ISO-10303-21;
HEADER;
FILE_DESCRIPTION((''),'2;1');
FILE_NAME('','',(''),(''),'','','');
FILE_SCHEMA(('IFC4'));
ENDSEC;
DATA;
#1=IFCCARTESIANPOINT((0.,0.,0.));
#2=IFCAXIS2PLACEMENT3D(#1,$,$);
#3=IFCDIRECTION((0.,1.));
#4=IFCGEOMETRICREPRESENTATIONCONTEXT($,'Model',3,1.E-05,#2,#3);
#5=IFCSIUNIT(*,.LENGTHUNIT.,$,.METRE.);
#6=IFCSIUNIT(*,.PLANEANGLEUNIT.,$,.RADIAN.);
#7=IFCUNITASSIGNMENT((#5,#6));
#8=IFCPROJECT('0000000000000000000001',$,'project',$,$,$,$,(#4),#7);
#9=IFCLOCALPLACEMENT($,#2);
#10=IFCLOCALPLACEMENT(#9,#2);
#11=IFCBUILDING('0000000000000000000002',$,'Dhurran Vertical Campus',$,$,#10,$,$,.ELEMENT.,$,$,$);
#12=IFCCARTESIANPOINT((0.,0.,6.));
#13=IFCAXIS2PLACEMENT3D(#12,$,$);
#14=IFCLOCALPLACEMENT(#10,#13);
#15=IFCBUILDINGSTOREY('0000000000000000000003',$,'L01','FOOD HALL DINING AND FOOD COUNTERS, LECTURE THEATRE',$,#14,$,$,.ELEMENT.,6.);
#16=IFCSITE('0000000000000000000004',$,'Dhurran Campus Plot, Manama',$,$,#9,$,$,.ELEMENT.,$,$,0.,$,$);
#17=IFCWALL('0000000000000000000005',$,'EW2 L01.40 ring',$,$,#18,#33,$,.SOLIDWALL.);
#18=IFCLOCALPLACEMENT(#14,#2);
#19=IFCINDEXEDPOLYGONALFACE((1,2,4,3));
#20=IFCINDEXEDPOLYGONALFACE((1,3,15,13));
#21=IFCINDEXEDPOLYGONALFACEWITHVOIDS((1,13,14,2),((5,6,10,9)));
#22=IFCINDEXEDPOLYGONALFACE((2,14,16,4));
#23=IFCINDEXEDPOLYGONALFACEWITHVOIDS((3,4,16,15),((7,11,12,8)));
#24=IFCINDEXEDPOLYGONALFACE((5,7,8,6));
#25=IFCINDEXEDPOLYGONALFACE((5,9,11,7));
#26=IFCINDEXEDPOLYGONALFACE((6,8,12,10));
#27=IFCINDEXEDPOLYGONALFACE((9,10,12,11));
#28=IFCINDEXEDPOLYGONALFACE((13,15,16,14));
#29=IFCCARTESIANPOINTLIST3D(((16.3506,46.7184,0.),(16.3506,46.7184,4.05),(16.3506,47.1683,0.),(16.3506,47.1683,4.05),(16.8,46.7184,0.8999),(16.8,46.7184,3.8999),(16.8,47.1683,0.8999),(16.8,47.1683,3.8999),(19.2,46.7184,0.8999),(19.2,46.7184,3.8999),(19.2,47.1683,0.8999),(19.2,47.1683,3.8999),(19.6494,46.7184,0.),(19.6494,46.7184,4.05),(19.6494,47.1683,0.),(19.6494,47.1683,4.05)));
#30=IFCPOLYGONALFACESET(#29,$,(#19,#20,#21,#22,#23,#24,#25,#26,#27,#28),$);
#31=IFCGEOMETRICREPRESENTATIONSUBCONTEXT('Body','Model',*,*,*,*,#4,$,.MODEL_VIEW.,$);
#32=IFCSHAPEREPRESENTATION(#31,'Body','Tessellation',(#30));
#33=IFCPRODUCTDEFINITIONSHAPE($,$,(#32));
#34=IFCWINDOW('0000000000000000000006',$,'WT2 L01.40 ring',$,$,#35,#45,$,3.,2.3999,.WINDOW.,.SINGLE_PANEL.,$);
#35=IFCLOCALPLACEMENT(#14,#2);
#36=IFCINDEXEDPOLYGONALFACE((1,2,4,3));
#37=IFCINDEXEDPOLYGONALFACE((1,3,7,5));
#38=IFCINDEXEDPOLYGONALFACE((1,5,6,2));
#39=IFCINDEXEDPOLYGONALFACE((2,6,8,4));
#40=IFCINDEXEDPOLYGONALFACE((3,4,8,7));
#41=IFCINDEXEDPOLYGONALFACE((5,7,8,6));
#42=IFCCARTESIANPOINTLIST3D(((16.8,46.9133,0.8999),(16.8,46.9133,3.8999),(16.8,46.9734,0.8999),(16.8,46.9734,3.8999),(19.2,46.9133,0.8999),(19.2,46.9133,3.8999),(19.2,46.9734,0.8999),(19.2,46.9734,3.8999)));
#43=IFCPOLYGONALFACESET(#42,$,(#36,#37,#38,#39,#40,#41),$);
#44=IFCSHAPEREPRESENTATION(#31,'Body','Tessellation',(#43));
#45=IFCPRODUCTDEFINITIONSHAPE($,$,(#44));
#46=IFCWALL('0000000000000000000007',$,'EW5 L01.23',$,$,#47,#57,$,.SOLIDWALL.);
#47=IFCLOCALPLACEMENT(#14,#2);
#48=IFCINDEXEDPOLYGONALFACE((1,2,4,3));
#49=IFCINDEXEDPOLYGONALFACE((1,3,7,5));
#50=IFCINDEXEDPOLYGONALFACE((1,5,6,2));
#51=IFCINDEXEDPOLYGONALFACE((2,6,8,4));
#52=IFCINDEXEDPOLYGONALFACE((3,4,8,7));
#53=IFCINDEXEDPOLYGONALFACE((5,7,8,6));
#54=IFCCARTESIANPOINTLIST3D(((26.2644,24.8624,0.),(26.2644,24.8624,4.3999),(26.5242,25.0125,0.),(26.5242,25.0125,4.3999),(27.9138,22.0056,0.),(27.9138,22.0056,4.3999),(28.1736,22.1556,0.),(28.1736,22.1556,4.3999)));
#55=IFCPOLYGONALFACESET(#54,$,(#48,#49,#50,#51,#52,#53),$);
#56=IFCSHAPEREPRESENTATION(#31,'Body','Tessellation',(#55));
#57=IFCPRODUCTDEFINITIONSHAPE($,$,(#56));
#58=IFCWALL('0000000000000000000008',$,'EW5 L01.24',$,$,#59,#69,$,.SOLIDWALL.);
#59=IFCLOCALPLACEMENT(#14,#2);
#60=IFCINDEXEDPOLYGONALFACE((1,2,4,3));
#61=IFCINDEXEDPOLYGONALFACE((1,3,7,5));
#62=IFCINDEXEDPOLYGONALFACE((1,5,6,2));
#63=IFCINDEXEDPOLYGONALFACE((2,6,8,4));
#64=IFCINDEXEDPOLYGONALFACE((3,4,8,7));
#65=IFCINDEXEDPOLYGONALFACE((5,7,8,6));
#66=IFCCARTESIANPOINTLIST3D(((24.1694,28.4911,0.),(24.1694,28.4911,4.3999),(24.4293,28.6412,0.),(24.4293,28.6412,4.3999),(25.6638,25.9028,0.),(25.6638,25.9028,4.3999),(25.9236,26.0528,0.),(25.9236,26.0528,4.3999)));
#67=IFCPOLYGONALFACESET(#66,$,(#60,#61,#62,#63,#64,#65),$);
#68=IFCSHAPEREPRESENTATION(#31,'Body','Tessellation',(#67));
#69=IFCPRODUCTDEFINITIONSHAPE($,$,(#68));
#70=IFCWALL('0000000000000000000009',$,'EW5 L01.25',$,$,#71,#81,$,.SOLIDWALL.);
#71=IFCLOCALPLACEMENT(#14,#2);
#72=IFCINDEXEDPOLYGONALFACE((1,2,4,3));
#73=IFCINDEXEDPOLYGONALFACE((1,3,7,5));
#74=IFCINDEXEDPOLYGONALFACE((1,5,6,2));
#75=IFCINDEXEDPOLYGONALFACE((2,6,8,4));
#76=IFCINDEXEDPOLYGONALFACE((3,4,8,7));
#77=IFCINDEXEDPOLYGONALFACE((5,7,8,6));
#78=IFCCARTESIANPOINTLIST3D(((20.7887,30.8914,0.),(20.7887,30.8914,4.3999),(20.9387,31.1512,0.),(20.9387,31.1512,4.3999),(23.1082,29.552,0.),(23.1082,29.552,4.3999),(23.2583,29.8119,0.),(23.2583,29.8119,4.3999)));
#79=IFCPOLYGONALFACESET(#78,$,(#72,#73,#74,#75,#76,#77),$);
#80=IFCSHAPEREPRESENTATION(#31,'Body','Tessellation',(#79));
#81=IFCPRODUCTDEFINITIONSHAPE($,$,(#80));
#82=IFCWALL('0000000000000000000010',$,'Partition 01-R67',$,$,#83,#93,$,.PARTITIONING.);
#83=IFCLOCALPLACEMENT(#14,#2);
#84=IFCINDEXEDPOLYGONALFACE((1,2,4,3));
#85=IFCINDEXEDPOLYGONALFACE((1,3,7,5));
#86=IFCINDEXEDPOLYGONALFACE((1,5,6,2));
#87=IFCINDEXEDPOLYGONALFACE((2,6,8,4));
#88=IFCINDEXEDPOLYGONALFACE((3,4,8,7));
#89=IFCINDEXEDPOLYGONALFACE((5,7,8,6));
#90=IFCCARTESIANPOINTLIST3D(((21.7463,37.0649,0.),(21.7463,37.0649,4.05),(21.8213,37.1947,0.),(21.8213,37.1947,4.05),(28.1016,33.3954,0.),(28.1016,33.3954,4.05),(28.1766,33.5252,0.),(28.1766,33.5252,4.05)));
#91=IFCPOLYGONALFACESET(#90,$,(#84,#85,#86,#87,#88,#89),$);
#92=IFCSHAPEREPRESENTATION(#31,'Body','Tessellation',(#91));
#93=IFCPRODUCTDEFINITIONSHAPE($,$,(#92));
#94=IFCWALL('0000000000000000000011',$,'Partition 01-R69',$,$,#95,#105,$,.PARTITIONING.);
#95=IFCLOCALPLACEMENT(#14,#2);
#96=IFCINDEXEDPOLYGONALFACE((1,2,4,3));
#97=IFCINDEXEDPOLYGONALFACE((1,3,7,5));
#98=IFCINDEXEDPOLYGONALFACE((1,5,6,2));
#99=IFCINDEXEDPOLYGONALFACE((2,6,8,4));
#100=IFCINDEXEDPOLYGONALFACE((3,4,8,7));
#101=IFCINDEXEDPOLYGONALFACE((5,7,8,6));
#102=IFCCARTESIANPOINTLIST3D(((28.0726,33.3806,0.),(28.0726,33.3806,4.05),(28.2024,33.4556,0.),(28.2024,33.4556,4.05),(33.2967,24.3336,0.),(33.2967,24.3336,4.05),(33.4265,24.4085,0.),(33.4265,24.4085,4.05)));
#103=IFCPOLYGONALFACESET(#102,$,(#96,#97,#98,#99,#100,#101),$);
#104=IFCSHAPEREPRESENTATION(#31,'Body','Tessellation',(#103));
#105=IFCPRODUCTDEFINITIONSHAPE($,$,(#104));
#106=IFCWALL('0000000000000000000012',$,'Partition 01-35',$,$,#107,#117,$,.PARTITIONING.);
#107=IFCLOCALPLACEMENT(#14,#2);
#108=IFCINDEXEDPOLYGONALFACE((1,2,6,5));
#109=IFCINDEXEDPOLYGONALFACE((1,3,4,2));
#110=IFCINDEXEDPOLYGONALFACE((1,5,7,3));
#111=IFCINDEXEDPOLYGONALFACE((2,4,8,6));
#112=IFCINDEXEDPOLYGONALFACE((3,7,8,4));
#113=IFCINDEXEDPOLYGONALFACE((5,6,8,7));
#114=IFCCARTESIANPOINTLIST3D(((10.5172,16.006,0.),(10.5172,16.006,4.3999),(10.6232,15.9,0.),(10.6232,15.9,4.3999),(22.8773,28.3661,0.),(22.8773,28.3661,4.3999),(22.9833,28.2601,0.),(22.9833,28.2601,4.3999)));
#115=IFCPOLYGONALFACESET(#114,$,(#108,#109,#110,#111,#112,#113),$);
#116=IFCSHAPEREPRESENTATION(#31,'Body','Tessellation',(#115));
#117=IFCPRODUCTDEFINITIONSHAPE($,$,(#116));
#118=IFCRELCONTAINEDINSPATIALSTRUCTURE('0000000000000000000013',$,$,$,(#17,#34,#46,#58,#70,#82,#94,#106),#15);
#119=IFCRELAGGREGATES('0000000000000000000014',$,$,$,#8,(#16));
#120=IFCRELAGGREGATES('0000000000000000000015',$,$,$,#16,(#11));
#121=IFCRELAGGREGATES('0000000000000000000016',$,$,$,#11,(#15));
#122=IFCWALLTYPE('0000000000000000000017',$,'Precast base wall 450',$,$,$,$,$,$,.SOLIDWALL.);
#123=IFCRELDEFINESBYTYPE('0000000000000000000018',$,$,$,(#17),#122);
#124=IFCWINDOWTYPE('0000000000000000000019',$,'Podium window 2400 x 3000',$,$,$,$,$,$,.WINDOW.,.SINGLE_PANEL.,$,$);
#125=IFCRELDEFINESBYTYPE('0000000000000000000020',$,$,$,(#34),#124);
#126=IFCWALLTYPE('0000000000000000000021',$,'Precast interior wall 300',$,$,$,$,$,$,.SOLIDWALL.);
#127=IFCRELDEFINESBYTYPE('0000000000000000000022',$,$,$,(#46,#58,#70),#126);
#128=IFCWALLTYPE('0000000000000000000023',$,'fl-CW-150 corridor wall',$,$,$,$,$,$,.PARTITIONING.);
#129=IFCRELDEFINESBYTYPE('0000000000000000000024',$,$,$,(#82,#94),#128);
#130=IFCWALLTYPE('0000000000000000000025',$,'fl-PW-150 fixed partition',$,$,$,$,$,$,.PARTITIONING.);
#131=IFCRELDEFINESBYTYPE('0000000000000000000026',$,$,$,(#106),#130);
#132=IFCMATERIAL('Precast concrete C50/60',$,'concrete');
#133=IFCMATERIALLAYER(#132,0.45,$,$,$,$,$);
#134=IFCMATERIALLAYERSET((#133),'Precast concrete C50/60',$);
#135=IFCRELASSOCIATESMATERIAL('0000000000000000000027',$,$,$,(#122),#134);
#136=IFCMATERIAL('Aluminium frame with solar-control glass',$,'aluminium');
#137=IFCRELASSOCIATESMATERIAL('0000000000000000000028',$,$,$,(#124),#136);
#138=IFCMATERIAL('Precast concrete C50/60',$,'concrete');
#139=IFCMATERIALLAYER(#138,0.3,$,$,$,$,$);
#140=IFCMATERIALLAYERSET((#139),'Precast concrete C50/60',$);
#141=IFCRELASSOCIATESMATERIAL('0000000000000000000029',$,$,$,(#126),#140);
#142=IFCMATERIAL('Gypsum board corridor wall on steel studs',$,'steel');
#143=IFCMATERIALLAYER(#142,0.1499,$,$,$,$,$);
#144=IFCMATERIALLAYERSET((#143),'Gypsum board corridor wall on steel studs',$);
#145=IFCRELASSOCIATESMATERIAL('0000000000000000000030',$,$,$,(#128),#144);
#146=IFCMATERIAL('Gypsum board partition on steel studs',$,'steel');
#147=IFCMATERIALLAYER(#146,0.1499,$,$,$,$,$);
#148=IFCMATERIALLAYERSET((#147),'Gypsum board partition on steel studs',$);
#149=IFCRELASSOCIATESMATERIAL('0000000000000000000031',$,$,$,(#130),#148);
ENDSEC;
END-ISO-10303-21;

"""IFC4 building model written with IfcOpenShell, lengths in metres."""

from ifc_helpers import new_model, si_unit, direction, frame, frame_2d, origin, place, context, subcontext, project, spatial, rectangle, extrude, material, layer, layer_set, type_object, element, fill, save


model = new_model("IFC4")

# Units and contexts
model_context = context("Model", 3, precision=1e-05, world=origin(), true_north=direction((0.0, 1.0)))
body_context = subcontext(model_context, "Body", "Model", "MODEL_VIEW")
ifc_project = project(units=[si_unit("LENGTHUNIT", "METRE"), si_unit("PLANEANGLEUNIT", "RADIAN")], contexts=[model_context])

# Site, building, storey
site_placement = place(None, origin())
site = spatial("IfcSite", under=ifc_project, at=site_placement, Name="Dhurran Campus Plot, Manama", CompositionType="ELEMENT", RefElevation=0.0)
building_placement = place(site_placement, origin())
building = spatial("IfcBuilding", under=site, at=building_placement, Name="Dhurran Vertical Campus", CompositionType="ELEMENT")
storey_placement = place(building_placement, frame((0.0, 0.0, 6.0)))
storey = spatial("IfcBuildingStorey", under=building, at=storey_placement, Name="L01", Description="FOOD HALL DINING AND FOOD COUNTERS, LECTURE THEATRE", CompositionType="ELEMENT", Elevation=6.0)

# Wall, opening, window
ifc_material_1 = material(Name="Precast concrete C50/60", Category="concrete")
ifc_layer_1 = layer(ifc_material_1, 0.45)
ifc_layer_set_1 = layer_set([ifc_layer_1], Name="Precast concrete C50/60")
wall_type_1 = type_object("IfcWallType", Name="Precast base wall 450", PredefinedType="SOLIDWALL", material=ifc_layer_set_1)
ifc_material_2 = material(Name="Aluminium frame with solar-control glass", Category="aluminium")
window_type = type_object("IfcWindowType", Name="Podium window 2400 x 3000", PartitioningType="SINGLE_PANEL", PredefinedType="WINDOW", material=ifc_material_2)
wall_1_placement = place(storey_placement, frame((19.6494, 46.9434, 0.0), z_axis=(0.0, 0.0, 1.0), x_axis=(-1.0, 0.0, 0.0)))
wall_1 = element("IfcWall", 1, at=wall_1_placement, inside=storey, type_object=wall_type_1, Name="EW2 L01.40 ring", PredefinedType="SOLIDWALL", context=body_context, shape_type="SweptSolid", body=[
    extrude(rectangle(XDim=3.2988, YDim=0.45, at=frame_2d((1.6494, 0.0))), origin(), (0.0, 0.0, 1.0), 4.05),
])
opening_1_placement = place(wall_1_placement, frame((0.4495, 0.0, 0.8999)))
opening_1 = element("IfcOpeningElement", 2, at=opening_1_placement, cuts=wall_1, PredefinedType="OPENING", context=body_context, shape_type="SweptSolid", body=[
    extrude(rectangle(XDim=2.3999, YDim=3.0, at=frame_2d((1.2, 1.5))), frame((0.0, 0.2349, 0.0), z_axis=(0.0, -1.0, 0.0), x_axis=(1.0, 0.0, 0.0)), (0.0, 0.0, 1.0), 0.47),
])
window_1_placement = place(opening_1_placement, origin())
window_1 = element("IfcWindow", 3, at=window_1_placement, inside=storey, type_object=window_type, Name="WT2 L01.40 ring", OverallHeight=3.0, OverallWidth=2.3999, PartitioningType="SINGLE_PANEL", PredefinedType="WINDOW", context=body_context, shape_type="SweptSolid", body=[
    extrude(rectangle(XDim=2.3999, YDim=3.0, at=frame_2d((1.2, 1.5))), frame((0.0, 0.03, 0.0), z_axis=(0.0, -1.0, 0.0), x_axis=(1.0, 0.0, 0.0)), (0.0, 0.0, 1.0), 0.0601),
])
fill(opening_1, window_1)

# Walls
ifc_material_3 = material(Name="Precast concrete C50/60", Category="concrete")
ifc_layer_2 = layer(ifc_material_3, 0.3)
ifc_layer_set_2 = layer_set([ifc_layer_2], Name="Precast concrete C50/60")
wall_type_2 = type_object("IfcWallType", Name="Precast interior wall 300", PredefinedType="SOLIDWALL", material=ifc_layer_set_2)
wall_2_placement = place(storey_placement, frame((28.0437, 22.0806, 0.0), z_axis=(0.0, 0.0, 1.0), x_axis=(-0.499992, 0.86603, 0.0)))
element("IfcWall", 4, at=wall_2_placement, inside=storey, type_object=wall_type_2, Name="EW5 L01.23", PredefinedType="SOLIDWALL", context=body_context, shape_type="SweptSolid", body=[
    extrude(rectangle(XDim=3.2988, YDim=0.3, at=frame_2d((1.6494, 0.0))), origin(), (0.0, 0.0, 1.0), 4.3999),
])
wall_3_placement = place(storey_placement, frame((25.7937, 25.9778, 0.0), z_axis=(0.0, 0.0, 1.0), x_axis=(-0.499996, 0.866028, 0.0)))
element("IfcWall", 5, at=wall_3_placement, inside=storey, type_object=wall_type_2, Name="EW5 L01.24", PredefinedType="SOLIDWALL", context=body_context, shape_type="SweptSolid", body=[
    extrude(rectangle(XDim=2.9888, YDim=0.3, at=frame_2d((1.4944, 0.0))), origin(), (0.0, 0.0, 1.0), 4.3999),
])
wall_4_placement = place(storey_placement, frame((23.1833, 29.6819, 0.0), z_axis=(0.0, 0.0, 1.0), x_axis=(-0.866002, 0.500041, 0.0)))
element("IfcWall", 6, at=wall_4_placement, inside=storey, type_object=wall_type_2, Name="EW5 L01.25", PredefinedType="SOLIDWALL", context=body_context, shape_type="SweptSolid", body=[
    extrude(rectangle(XDim=2.6785, YDim=0.3, at=frame_2d((1.3394, 0.0))), origin(), (0.0, 0.0, 1.0), 4.3999),
])
ifc_material_4 = material(Name="Gypsum board corridor wall on steel studs", Category="steel")
ifc_layer_3 = layer(ifc_material_4, 0.1499)
ifc_layer_set_3 = layer_set([ifc_layer_3], Name="Gypsum board corridor wall on steel studs")
wall_type_3 = type_object("IfcWallType", Name="fl-CW-150 corridor wall", PredefinedType="PARTITIONING", material=ifc_layer_set_3)
wall_5_placement = place(storey_placement, frame((21.7837, 37.1299, 0.0), z_axis=(0.0, 0.0, 1.0), x_axis=(0.866011, -0.500025, 0.0)))
element("IfcWall", 7, at=wall_5_placement, inside=storey, type_object=wall_type_3, Name="Partition 01-R67", PredefinedType="PARTITIONING", context=body_context, shape_type="SweptSolid", body=[
    extrude(rectangle(XDim=7.3386, YDim=0.1499, at=frame_2d((3.6694, 0.0))), origin(), (0.0, 0.0, 1.0), 4.05),
])
wall_6_placement = place(storey_placement, frame((28.1375, 33.4182, 0.0), z_axis=(0.0, 0.0, 1.0), x_axis=(0.500055, -0.865994, 0.0)))
element("IfcWall", 8, at=wall_6_placement, inside=storey, type_object=wall_type_3, Name="Partition 01-R69", PredefinedType="PARTITIONING", context=body_context, shape_type="SweptSolid", body=[
    extrude(rectangle(XDim=10.447, YDim=0.1499, at=frame_2d((5.2236, 0.0))), origin(), (0.0, 0.0, 1.0), 4.05),
])
ifc_material_5 = material(Name="Gypsum board partition on steel studs", Category="steel")
ifc_layer_4 = layer(ifc_material_5, 0.1499)
ifc_layer_set_4 = layer_set([ifc_layer_4], Name="Gypsum board partition on steel studs")
wall_type_4 = type_object("IfcWallType", Name="fl-PW-150 fixed partition", PredefinedType="PARTITIONING", material=ifc_layer_set_4)
wall_7_placement = place(storey_placement, frame((22.9302, 28.313, 0.0), z_axis=(0.0, 0.0, 1.0), x_axis=(-0.707107, -0.707107, 0.0)))
element("IfcWall", 9, at=wall_7_placement, inside=storey, type_object=wall_type_4, Name="Partition 01-35", PredefinedType="PARTITIONING", context=body_context, shape_type="SweptSolid", body=[
    extrude(rectangle(XDim=17.4797, YDim=0.1499, at=frame_2d((8.7397, 0.0))), origin(), (0.0, 0.0, 1.0), 4.3999),
])

save(model, "model.ifc")
